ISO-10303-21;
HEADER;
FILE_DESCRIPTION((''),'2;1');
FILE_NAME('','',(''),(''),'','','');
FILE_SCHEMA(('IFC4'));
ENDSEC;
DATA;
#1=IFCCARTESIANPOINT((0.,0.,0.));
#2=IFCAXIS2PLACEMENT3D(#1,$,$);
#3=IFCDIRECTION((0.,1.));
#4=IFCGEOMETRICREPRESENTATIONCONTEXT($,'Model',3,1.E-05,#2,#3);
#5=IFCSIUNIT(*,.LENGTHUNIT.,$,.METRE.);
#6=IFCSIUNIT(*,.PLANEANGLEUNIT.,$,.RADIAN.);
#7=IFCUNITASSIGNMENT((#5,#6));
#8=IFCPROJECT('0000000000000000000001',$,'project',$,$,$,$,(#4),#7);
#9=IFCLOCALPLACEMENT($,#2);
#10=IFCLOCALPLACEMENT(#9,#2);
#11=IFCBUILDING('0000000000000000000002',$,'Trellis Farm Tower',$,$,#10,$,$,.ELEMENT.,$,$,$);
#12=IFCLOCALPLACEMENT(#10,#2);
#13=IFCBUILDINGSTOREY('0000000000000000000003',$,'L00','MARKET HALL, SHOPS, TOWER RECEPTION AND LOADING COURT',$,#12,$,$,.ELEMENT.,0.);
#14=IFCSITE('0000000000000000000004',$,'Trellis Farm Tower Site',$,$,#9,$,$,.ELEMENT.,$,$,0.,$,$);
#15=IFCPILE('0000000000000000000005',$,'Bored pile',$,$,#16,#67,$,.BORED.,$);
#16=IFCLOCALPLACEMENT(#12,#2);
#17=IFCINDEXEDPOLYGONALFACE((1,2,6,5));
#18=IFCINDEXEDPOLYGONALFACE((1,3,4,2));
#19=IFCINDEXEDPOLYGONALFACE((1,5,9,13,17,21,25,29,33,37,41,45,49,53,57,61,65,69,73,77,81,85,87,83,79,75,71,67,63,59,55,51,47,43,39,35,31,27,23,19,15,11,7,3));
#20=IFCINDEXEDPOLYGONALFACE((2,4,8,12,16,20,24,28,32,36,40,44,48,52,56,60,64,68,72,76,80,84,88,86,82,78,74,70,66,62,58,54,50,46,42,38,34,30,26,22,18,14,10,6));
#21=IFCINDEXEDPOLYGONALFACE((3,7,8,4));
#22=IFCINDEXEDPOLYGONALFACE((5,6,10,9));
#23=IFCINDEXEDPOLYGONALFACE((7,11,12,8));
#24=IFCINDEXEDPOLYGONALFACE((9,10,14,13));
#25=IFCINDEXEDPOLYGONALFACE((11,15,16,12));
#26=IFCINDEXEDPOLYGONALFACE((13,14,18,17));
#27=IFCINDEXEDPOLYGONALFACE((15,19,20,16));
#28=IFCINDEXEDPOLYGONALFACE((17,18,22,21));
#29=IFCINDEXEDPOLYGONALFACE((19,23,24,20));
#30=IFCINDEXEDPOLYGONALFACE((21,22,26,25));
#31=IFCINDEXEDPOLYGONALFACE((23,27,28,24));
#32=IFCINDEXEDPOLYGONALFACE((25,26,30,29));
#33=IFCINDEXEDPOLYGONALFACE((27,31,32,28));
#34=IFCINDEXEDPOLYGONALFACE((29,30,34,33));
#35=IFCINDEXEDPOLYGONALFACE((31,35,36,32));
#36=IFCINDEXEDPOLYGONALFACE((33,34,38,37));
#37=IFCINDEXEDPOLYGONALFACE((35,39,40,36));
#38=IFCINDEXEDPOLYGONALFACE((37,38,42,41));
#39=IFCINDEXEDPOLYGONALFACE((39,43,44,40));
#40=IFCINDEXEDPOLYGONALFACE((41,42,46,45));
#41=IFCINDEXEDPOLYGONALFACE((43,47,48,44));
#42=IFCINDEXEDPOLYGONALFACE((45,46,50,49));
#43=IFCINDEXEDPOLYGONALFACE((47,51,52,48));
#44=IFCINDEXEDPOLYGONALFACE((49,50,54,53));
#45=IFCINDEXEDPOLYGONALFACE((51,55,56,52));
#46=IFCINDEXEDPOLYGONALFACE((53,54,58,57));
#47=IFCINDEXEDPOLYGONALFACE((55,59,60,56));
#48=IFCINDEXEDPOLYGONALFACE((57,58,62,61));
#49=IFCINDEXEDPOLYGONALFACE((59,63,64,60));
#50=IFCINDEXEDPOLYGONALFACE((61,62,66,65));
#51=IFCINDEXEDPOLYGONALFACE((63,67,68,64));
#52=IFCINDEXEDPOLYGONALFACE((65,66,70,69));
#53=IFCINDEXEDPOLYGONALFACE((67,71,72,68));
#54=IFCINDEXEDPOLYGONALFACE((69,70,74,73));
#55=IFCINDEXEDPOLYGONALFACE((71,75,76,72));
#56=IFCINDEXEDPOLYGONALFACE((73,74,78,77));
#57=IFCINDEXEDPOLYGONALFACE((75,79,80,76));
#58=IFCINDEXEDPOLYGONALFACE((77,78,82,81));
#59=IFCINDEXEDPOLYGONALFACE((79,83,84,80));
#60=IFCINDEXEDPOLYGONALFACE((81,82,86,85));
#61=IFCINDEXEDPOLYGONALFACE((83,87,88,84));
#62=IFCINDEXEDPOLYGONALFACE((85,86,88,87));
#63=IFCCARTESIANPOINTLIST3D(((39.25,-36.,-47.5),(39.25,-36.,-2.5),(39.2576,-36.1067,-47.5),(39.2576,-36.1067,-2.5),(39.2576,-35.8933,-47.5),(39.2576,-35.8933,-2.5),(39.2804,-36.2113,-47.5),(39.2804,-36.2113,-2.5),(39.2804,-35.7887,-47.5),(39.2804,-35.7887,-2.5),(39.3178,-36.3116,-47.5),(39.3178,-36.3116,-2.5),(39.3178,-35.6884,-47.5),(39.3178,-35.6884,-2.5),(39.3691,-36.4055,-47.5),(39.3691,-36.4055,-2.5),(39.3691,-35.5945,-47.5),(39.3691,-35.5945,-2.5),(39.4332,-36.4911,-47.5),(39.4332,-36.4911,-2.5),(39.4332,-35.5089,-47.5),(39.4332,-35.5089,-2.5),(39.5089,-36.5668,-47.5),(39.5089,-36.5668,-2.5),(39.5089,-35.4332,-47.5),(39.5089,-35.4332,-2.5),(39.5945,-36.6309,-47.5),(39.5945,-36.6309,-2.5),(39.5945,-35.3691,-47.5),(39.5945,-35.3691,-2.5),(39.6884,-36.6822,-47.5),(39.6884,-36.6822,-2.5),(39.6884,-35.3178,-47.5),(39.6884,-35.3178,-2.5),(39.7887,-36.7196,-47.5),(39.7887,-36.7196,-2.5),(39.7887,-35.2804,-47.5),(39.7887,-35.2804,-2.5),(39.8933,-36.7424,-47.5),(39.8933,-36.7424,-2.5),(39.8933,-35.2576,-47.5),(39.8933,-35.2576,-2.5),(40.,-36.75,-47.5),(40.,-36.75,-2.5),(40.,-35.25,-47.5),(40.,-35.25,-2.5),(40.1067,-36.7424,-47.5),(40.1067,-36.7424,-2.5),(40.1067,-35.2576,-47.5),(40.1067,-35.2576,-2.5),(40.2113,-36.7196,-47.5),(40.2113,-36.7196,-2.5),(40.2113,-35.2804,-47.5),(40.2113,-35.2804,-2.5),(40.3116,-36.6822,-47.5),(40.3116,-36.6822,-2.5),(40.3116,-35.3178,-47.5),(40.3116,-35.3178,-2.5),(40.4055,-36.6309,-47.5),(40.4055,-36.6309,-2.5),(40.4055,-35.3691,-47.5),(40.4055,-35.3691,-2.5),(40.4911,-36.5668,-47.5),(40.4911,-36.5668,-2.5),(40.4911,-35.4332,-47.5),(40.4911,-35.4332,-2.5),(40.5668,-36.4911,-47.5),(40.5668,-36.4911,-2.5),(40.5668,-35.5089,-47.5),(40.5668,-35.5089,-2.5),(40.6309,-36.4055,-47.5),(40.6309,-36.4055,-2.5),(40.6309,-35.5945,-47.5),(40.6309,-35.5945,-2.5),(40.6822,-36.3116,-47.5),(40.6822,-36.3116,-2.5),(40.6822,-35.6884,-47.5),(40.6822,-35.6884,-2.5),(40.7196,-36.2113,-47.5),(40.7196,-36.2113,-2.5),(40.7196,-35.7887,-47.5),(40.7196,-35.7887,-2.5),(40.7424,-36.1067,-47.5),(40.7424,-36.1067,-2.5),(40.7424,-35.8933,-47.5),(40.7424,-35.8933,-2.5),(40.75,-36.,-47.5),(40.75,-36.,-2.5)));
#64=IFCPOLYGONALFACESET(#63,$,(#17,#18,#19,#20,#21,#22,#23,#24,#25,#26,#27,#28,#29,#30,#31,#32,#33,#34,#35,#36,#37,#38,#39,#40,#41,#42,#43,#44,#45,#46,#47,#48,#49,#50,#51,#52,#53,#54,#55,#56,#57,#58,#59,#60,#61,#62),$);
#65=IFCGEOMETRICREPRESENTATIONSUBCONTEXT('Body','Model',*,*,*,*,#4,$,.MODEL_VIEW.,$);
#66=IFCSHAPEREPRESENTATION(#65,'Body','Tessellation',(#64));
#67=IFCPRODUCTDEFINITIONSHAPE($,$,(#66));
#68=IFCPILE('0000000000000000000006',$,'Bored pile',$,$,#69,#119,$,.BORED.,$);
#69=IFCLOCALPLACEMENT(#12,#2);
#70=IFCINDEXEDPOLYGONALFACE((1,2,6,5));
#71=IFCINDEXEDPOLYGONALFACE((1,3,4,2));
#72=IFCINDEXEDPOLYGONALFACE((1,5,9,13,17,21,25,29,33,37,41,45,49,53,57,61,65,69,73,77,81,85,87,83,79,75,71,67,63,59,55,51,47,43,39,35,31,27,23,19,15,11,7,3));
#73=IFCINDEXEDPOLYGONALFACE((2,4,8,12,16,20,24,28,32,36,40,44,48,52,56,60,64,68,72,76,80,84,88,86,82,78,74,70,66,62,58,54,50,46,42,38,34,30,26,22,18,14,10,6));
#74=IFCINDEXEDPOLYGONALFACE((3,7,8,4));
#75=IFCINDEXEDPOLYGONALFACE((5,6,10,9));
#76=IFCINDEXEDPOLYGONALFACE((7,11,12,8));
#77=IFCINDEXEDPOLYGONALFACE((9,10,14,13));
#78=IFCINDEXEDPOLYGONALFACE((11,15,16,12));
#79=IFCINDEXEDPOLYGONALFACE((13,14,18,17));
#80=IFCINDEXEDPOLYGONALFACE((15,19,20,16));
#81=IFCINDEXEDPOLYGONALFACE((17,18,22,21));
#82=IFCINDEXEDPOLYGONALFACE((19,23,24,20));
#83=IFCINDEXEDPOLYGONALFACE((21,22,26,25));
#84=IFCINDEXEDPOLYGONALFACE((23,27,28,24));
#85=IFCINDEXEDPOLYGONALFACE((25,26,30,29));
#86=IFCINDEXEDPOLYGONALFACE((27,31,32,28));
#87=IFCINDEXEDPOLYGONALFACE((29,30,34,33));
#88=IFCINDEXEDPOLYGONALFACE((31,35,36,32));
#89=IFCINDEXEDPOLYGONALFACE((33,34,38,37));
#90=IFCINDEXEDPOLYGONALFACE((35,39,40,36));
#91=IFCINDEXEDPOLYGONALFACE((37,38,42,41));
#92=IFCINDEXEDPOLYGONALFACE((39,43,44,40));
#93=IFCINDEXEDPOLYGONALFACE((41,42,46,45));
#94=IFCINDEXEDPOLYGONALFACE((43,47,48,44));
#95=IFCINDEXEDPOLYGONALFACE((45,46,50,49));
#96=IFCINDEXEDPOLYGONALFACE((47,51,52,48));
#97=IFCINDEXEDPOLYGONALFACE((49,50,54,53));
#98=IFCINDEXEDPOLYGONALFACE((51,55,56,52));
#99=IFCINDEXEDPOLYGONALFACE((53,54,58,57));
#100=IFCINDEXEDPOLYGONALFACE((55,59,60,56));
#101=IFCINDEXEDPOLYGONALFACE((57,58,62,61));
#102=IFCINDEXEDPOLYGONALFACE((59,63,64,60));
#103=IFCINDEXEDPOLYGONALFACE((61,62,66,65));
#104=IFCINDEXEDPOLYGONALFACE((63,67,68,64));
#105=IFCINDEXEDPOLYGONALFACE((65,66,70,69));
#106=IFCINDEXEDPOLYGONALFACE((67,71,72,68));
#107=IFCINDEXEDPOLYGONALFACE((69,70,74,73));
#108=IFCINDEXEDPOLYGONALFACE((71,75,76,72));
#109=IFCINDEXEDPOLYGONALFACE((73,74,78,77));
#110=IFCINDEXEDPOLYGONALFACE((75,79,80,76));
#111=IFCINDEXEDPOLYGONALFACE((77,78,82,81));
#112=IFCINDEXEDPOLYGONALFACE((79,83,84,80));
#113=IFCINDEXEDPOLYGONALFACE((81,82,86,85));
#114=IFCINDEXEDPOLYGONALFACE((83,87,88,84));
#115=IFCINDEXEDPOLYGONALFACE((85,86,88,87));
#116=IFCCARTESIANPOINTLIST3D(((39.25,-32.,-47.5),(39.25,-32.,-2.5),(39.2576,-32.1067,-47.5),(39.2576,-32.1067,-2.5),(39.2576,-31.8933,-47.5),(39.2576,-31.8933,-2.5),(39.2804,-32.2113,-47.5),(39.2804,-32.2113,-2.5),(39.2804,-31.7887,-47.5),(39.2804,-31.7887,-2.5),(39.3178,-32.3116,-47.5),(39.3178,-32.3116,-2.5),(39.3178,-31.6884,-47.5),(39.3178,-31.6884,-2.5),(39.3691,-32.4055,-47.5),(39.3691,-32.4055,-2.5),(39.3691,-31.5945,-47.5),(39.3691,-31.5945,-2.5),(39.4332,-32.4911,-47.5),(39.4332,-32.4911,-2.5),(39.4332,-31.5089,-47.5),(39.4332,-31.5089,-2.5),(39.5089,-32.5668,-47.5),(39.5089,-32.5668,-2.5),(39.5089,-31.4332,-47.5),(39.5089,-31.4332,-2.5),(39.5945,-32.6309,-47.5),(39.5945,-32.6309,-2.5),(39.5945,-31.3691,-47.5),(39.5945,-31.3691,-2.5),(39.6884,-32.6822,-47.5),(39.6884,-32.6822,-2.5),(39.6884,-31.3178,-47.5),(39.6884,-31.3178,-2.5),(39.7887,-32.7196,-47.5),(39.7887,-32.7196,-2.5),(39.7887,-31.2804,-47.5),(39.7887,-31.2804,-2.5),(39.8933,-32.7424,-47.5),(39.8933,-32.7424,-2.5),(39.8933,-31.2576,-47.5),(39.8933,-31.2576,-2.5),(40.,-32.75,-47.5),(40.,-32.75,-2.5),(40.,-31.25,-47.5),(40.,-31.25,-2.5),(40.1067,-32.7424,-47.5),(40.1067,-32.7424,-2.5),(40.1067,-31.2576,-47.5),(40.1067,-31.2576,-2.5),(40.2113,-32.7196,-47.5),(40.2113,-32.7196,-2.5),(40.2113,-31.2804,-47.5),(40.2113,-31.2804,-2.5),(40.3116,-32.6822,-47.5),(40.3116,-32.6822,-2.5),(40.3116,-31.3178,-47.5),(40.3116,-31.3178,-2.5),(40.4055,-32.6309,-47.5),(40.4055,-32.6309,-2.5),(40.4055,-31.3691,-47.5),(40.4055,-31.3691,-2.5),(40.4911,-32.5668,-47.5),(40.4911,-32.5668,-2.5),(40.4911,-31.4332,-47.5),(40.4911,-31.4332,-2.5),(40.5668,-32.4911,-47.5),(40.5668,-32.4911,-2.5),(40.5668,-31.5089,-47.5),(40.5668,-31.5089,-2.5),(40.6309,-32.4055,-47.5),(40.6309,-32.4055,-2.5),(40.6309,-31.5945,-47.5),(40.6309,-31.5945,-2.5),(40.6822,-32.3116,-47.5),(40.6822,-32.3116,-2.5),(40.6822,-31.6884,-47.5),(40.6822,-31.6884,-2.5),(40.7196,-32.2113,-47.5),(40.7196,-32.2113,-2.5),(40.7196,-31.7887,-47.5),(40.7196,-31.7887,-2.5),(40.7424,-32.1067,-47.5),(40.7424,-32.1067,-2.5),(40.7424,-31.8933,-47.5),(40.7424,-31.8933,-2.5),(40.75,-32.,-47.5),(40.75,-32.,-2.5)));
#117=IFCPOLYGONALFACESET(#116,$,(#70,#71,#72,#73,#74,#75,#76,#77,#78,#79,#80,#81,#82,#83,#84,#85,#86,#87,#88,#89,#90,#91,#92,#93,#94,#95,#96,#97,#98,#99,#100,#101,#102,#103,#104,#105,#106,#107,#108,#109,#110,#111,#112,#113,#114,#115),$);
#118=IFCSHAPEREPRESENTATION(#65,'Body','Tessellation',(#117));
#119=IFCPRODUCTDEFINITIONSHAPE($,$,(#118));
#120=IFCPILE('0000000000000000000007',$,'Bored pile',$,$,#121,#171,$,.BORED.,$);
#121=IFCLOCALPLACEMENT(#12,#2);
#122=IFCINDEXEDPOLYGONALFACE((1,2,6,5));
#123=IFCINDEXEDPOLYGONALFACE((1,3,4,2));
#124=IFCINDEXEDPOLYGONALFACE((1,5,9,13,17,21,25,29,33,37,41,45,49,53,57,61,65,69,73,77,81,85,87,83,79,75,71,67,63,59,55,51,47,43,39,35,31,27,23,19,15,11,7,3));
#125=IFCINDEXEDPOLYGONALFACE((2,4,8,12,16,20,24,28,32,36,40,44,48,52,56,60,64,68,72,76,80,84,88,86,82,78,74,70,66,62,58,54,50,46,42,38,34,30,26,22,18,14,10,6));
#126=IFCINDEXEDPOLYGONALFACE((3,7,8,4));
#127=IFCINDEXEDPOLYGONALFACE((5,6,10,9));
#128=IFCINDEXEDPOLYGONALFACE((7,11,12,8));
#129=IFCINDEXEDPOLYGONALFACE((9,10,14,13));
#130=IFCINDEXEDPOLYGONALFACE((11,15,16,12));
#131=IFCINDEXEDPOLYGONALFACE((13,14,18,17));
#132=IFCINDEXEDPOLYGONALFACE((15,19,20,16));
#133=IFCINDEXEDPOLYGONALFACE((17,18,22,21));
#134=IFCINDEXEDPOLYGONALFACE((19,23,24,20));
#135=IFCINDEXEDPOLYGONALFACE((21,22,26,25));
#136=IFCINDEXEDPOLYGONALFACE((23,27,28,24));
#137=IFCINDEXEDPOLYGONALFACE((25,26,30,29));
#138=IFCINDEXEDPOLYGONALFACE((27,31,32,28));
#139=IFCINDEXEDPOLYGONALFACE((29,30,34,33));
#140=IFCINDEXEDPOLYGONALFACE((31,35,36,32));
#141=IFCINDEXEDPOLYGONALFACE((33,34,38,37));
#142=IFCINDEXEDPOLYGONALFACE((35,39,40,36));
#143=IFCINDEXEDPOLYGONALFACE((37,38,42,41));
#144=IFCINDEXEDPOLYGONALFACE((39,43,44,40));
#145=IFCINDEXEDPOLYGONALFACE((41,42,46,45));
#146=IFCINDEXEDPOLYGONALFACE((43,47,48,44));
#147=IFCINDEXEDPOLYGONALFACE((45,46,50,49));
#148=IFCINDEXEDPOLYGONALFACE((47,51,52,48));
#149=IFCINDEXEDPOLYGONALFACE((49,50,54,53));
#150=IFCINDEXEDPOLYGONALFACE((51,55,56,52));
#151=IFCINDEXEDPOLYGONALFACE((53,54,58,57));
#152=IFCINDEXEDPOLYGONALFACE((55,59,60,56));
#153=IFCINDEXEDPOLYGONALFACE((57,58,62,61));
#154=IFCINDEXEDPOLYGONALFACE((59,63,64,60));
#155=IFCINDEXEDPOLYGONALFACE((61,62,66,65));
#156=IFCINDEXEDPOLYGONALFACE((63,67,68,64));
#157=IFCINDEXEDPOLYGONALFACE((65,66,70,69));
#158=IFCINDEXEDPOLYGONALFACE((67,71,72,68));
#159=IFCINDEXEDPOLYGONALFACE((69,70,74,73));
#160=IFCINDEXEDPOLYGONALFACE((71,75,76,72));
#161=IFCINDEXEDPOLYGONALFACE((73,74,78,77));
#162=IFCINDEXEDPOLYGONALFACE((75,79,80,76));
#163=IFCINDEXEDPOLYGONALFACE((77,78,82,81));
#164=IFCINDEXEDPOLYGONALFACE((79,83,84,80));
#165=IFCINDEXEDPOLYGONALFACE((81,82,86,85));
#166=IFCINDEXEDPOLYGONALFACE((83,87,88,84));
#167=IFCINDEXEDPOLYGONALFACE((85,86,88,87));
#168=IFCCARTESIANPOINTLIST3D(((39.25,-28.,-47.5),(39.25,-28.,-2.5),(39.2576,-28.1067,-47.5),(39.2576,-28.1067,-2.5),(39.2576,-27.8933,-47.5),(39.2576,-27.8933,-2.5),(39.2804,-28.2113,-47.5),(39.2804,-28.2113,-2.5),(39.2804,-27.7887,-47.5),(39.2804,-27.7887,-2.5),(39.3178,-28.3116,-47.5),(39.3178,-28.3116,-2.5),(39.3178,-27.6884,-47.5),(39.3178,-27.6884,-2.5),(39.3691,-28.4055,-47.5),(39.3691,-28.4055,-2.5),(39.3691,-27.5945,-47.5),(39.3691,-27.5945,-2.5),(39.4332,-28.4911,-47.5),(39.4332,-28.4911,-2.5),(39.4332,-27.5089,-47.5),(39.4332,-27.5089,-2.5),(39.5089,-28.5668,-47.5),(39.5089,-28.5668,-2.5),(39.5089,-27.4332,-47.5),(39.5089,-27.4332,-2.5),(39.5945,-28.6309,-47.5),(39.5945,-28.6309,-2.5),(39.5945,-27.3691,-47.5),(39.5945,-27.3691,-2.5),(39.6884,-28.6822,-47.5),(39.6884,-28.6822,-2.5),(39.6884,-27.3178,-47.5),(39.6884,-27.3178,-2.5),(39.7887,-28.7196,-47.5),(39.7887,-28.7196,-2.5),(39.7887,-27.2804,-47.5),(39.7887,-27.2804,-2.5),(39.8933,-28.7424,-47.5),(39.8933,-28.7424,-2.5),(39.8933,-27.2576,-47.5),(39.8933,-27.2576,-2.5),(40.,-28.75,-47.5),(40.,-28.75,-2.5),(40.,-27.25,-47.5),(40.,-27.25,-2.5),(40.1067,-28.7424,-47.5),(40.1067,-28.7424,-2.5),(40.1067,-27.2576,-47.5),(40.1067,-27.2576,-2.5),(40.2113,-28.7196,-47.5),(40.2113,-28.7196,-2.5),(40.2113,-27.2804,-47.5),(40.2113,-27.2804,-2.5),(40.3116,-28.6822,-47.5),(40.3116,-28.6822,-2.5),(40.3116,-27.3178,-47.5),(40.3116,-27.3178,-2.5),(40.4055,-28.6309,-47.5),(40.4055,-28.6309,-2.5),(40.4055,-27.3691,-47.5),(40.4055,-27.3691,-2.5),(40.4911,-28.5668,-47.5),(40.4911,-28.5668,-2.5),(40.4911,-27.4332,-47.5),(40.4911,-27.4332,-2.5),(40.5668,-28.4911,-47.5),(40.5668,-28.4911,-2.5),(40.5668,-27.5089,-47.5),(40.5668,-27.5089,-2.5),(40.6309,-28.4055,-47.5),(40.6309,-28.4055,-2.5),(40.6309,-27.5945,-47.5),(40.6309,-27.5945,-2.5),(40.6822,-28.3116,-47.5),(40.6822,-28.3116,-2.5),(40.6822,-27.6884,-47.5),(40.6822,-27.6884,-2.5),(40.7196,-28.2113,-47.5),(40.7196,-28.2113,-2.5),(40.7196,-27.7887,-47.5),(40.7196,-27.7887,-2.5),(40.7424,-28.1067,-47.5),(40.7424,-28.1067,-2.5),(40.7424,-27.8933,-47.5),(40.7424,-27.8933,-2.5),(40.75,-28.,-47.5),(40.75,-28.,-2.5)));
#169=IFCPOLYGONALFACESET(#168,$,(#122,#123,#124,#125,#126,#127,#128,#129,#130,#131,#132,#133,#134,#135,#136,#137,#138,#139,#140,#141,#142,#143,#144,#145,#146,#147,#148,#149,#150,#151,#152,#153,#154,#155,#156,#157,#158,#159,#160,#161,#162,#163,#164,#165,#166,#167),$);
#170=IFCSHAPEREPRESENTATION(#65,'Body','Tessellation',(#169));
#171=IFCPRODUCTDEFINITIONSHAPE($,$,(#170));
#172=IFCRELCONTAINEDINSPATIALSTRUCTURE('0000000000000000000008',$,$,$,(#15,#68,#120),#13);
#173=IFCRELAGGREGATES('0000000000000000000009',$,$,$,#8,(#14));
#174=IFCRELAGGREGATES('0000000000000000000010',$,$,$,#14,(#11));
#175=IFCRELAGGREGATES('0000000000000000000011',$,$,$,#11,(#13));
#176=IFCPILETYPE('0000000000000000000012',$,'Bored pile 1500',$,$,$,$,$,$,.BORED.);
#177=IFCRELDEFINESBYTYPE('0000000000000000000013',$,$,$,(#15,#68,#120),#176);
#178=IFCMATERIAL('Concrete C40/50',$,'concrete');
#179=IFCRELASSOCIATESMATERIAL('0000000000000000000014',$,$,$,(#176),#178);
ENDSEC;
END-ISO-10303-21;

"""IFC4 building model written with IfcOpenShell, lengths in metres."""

from ifc_helpers import new_model, si_unit, direction, frame, origin, origin_2d, place, context, subcontext, project, spatial, circle, extrude, source, transform, mapped, material, material_profile, profile_set, type_object, element, save


model = new_model("IFC4")

# Units and contexts
model_context = context("Model", 3, precision=1e-05, world=origin(), true_north=direction((0.0, 1.0)))
body_context = subcontext(model_context, "Body", "Model", "MODEL_VIEW")
ifc_project = project(units=[si_unit("LENGTHUNIT", "METRE"), si_unit("PLANEANGLEUNIT", "RADIAN")], contexts=[model_context])

# Site, building, storey
site_placement = place(None, origin())
site = spatial("IfcSite", under=ifc_project, at=site_placement, Name="Trellis Farm Tower Site", CompositionType="ELEMENT", RefElevation=0.0)
building_placement = place(site_placement, origin())
building = spatial("IfcBuilding", under=site, at=building_placement, Name="Trellis Farm Tower", CompositionType="ELEMENT")
storey_placement = place(building_placement, origin())
storey = spatial("IfcBuildingStorey", under=building, at=storey_placement, Name="L00", Description="MARKET HALL, SHOPS, TOWER RECEPTION AND LOADING COURT", CompositionType="ELEMENT", Elevation=0.0)

# Piles
ifc_material_1 = material(Name="Concrete C40/50", Category="concrete")
ifc_material_profile_1 = material_profile(ifc_material_1, circle(Radius=0.75, at=origin_2d()), Name="Bored pile 1500")
ifc_profile_set_1 = profile_set([ifc_material_profile_1], Name="Concrete C40/50")
pile_type = type_object("IfcPileType", Name="Bored pile 1500", PredefinedType="BORED", material=ifc_profile_set_1)
shared_shape_1 = source(origin(), body_context, "Body", "SweptSolid", [
    extrude(circle(Radius=0.75, at=origin_2d()), origin(), (0.0, 0.0, 1.0), 45.0),
])
for number, where, z_axis, x_axis, name in (
    (1, (40.0, -36.0, -2.5), (0.0, 0.0, -1.0), (1.0, 0.0, 0.0), "Bored pile"),
    (2, (40.0, -32.0, -2.5), (0.0, 0.0, -1.0), (1.0, 0.0, 0.0), "Bored pile"),
    (3, (40.0, -28.0, -2.5), (0.0, 0.0, -1.0), (1.0, 0.0, 0.0), "Bored pile"),
):
    element("IfcPile", number, at=place(storey_placement, frame(where, z_axis=z_axis, x_axis=x_axis)), inside=storey, type_object=pile_type, Name=name, PredefinedType="BORED", context=body_context, shape_type="MappedRepresentation", body=[
        mapped(shared_shape_1, transform((0.0, 0.0, 0.0))),
    ])

save(model, "model.ifc")
